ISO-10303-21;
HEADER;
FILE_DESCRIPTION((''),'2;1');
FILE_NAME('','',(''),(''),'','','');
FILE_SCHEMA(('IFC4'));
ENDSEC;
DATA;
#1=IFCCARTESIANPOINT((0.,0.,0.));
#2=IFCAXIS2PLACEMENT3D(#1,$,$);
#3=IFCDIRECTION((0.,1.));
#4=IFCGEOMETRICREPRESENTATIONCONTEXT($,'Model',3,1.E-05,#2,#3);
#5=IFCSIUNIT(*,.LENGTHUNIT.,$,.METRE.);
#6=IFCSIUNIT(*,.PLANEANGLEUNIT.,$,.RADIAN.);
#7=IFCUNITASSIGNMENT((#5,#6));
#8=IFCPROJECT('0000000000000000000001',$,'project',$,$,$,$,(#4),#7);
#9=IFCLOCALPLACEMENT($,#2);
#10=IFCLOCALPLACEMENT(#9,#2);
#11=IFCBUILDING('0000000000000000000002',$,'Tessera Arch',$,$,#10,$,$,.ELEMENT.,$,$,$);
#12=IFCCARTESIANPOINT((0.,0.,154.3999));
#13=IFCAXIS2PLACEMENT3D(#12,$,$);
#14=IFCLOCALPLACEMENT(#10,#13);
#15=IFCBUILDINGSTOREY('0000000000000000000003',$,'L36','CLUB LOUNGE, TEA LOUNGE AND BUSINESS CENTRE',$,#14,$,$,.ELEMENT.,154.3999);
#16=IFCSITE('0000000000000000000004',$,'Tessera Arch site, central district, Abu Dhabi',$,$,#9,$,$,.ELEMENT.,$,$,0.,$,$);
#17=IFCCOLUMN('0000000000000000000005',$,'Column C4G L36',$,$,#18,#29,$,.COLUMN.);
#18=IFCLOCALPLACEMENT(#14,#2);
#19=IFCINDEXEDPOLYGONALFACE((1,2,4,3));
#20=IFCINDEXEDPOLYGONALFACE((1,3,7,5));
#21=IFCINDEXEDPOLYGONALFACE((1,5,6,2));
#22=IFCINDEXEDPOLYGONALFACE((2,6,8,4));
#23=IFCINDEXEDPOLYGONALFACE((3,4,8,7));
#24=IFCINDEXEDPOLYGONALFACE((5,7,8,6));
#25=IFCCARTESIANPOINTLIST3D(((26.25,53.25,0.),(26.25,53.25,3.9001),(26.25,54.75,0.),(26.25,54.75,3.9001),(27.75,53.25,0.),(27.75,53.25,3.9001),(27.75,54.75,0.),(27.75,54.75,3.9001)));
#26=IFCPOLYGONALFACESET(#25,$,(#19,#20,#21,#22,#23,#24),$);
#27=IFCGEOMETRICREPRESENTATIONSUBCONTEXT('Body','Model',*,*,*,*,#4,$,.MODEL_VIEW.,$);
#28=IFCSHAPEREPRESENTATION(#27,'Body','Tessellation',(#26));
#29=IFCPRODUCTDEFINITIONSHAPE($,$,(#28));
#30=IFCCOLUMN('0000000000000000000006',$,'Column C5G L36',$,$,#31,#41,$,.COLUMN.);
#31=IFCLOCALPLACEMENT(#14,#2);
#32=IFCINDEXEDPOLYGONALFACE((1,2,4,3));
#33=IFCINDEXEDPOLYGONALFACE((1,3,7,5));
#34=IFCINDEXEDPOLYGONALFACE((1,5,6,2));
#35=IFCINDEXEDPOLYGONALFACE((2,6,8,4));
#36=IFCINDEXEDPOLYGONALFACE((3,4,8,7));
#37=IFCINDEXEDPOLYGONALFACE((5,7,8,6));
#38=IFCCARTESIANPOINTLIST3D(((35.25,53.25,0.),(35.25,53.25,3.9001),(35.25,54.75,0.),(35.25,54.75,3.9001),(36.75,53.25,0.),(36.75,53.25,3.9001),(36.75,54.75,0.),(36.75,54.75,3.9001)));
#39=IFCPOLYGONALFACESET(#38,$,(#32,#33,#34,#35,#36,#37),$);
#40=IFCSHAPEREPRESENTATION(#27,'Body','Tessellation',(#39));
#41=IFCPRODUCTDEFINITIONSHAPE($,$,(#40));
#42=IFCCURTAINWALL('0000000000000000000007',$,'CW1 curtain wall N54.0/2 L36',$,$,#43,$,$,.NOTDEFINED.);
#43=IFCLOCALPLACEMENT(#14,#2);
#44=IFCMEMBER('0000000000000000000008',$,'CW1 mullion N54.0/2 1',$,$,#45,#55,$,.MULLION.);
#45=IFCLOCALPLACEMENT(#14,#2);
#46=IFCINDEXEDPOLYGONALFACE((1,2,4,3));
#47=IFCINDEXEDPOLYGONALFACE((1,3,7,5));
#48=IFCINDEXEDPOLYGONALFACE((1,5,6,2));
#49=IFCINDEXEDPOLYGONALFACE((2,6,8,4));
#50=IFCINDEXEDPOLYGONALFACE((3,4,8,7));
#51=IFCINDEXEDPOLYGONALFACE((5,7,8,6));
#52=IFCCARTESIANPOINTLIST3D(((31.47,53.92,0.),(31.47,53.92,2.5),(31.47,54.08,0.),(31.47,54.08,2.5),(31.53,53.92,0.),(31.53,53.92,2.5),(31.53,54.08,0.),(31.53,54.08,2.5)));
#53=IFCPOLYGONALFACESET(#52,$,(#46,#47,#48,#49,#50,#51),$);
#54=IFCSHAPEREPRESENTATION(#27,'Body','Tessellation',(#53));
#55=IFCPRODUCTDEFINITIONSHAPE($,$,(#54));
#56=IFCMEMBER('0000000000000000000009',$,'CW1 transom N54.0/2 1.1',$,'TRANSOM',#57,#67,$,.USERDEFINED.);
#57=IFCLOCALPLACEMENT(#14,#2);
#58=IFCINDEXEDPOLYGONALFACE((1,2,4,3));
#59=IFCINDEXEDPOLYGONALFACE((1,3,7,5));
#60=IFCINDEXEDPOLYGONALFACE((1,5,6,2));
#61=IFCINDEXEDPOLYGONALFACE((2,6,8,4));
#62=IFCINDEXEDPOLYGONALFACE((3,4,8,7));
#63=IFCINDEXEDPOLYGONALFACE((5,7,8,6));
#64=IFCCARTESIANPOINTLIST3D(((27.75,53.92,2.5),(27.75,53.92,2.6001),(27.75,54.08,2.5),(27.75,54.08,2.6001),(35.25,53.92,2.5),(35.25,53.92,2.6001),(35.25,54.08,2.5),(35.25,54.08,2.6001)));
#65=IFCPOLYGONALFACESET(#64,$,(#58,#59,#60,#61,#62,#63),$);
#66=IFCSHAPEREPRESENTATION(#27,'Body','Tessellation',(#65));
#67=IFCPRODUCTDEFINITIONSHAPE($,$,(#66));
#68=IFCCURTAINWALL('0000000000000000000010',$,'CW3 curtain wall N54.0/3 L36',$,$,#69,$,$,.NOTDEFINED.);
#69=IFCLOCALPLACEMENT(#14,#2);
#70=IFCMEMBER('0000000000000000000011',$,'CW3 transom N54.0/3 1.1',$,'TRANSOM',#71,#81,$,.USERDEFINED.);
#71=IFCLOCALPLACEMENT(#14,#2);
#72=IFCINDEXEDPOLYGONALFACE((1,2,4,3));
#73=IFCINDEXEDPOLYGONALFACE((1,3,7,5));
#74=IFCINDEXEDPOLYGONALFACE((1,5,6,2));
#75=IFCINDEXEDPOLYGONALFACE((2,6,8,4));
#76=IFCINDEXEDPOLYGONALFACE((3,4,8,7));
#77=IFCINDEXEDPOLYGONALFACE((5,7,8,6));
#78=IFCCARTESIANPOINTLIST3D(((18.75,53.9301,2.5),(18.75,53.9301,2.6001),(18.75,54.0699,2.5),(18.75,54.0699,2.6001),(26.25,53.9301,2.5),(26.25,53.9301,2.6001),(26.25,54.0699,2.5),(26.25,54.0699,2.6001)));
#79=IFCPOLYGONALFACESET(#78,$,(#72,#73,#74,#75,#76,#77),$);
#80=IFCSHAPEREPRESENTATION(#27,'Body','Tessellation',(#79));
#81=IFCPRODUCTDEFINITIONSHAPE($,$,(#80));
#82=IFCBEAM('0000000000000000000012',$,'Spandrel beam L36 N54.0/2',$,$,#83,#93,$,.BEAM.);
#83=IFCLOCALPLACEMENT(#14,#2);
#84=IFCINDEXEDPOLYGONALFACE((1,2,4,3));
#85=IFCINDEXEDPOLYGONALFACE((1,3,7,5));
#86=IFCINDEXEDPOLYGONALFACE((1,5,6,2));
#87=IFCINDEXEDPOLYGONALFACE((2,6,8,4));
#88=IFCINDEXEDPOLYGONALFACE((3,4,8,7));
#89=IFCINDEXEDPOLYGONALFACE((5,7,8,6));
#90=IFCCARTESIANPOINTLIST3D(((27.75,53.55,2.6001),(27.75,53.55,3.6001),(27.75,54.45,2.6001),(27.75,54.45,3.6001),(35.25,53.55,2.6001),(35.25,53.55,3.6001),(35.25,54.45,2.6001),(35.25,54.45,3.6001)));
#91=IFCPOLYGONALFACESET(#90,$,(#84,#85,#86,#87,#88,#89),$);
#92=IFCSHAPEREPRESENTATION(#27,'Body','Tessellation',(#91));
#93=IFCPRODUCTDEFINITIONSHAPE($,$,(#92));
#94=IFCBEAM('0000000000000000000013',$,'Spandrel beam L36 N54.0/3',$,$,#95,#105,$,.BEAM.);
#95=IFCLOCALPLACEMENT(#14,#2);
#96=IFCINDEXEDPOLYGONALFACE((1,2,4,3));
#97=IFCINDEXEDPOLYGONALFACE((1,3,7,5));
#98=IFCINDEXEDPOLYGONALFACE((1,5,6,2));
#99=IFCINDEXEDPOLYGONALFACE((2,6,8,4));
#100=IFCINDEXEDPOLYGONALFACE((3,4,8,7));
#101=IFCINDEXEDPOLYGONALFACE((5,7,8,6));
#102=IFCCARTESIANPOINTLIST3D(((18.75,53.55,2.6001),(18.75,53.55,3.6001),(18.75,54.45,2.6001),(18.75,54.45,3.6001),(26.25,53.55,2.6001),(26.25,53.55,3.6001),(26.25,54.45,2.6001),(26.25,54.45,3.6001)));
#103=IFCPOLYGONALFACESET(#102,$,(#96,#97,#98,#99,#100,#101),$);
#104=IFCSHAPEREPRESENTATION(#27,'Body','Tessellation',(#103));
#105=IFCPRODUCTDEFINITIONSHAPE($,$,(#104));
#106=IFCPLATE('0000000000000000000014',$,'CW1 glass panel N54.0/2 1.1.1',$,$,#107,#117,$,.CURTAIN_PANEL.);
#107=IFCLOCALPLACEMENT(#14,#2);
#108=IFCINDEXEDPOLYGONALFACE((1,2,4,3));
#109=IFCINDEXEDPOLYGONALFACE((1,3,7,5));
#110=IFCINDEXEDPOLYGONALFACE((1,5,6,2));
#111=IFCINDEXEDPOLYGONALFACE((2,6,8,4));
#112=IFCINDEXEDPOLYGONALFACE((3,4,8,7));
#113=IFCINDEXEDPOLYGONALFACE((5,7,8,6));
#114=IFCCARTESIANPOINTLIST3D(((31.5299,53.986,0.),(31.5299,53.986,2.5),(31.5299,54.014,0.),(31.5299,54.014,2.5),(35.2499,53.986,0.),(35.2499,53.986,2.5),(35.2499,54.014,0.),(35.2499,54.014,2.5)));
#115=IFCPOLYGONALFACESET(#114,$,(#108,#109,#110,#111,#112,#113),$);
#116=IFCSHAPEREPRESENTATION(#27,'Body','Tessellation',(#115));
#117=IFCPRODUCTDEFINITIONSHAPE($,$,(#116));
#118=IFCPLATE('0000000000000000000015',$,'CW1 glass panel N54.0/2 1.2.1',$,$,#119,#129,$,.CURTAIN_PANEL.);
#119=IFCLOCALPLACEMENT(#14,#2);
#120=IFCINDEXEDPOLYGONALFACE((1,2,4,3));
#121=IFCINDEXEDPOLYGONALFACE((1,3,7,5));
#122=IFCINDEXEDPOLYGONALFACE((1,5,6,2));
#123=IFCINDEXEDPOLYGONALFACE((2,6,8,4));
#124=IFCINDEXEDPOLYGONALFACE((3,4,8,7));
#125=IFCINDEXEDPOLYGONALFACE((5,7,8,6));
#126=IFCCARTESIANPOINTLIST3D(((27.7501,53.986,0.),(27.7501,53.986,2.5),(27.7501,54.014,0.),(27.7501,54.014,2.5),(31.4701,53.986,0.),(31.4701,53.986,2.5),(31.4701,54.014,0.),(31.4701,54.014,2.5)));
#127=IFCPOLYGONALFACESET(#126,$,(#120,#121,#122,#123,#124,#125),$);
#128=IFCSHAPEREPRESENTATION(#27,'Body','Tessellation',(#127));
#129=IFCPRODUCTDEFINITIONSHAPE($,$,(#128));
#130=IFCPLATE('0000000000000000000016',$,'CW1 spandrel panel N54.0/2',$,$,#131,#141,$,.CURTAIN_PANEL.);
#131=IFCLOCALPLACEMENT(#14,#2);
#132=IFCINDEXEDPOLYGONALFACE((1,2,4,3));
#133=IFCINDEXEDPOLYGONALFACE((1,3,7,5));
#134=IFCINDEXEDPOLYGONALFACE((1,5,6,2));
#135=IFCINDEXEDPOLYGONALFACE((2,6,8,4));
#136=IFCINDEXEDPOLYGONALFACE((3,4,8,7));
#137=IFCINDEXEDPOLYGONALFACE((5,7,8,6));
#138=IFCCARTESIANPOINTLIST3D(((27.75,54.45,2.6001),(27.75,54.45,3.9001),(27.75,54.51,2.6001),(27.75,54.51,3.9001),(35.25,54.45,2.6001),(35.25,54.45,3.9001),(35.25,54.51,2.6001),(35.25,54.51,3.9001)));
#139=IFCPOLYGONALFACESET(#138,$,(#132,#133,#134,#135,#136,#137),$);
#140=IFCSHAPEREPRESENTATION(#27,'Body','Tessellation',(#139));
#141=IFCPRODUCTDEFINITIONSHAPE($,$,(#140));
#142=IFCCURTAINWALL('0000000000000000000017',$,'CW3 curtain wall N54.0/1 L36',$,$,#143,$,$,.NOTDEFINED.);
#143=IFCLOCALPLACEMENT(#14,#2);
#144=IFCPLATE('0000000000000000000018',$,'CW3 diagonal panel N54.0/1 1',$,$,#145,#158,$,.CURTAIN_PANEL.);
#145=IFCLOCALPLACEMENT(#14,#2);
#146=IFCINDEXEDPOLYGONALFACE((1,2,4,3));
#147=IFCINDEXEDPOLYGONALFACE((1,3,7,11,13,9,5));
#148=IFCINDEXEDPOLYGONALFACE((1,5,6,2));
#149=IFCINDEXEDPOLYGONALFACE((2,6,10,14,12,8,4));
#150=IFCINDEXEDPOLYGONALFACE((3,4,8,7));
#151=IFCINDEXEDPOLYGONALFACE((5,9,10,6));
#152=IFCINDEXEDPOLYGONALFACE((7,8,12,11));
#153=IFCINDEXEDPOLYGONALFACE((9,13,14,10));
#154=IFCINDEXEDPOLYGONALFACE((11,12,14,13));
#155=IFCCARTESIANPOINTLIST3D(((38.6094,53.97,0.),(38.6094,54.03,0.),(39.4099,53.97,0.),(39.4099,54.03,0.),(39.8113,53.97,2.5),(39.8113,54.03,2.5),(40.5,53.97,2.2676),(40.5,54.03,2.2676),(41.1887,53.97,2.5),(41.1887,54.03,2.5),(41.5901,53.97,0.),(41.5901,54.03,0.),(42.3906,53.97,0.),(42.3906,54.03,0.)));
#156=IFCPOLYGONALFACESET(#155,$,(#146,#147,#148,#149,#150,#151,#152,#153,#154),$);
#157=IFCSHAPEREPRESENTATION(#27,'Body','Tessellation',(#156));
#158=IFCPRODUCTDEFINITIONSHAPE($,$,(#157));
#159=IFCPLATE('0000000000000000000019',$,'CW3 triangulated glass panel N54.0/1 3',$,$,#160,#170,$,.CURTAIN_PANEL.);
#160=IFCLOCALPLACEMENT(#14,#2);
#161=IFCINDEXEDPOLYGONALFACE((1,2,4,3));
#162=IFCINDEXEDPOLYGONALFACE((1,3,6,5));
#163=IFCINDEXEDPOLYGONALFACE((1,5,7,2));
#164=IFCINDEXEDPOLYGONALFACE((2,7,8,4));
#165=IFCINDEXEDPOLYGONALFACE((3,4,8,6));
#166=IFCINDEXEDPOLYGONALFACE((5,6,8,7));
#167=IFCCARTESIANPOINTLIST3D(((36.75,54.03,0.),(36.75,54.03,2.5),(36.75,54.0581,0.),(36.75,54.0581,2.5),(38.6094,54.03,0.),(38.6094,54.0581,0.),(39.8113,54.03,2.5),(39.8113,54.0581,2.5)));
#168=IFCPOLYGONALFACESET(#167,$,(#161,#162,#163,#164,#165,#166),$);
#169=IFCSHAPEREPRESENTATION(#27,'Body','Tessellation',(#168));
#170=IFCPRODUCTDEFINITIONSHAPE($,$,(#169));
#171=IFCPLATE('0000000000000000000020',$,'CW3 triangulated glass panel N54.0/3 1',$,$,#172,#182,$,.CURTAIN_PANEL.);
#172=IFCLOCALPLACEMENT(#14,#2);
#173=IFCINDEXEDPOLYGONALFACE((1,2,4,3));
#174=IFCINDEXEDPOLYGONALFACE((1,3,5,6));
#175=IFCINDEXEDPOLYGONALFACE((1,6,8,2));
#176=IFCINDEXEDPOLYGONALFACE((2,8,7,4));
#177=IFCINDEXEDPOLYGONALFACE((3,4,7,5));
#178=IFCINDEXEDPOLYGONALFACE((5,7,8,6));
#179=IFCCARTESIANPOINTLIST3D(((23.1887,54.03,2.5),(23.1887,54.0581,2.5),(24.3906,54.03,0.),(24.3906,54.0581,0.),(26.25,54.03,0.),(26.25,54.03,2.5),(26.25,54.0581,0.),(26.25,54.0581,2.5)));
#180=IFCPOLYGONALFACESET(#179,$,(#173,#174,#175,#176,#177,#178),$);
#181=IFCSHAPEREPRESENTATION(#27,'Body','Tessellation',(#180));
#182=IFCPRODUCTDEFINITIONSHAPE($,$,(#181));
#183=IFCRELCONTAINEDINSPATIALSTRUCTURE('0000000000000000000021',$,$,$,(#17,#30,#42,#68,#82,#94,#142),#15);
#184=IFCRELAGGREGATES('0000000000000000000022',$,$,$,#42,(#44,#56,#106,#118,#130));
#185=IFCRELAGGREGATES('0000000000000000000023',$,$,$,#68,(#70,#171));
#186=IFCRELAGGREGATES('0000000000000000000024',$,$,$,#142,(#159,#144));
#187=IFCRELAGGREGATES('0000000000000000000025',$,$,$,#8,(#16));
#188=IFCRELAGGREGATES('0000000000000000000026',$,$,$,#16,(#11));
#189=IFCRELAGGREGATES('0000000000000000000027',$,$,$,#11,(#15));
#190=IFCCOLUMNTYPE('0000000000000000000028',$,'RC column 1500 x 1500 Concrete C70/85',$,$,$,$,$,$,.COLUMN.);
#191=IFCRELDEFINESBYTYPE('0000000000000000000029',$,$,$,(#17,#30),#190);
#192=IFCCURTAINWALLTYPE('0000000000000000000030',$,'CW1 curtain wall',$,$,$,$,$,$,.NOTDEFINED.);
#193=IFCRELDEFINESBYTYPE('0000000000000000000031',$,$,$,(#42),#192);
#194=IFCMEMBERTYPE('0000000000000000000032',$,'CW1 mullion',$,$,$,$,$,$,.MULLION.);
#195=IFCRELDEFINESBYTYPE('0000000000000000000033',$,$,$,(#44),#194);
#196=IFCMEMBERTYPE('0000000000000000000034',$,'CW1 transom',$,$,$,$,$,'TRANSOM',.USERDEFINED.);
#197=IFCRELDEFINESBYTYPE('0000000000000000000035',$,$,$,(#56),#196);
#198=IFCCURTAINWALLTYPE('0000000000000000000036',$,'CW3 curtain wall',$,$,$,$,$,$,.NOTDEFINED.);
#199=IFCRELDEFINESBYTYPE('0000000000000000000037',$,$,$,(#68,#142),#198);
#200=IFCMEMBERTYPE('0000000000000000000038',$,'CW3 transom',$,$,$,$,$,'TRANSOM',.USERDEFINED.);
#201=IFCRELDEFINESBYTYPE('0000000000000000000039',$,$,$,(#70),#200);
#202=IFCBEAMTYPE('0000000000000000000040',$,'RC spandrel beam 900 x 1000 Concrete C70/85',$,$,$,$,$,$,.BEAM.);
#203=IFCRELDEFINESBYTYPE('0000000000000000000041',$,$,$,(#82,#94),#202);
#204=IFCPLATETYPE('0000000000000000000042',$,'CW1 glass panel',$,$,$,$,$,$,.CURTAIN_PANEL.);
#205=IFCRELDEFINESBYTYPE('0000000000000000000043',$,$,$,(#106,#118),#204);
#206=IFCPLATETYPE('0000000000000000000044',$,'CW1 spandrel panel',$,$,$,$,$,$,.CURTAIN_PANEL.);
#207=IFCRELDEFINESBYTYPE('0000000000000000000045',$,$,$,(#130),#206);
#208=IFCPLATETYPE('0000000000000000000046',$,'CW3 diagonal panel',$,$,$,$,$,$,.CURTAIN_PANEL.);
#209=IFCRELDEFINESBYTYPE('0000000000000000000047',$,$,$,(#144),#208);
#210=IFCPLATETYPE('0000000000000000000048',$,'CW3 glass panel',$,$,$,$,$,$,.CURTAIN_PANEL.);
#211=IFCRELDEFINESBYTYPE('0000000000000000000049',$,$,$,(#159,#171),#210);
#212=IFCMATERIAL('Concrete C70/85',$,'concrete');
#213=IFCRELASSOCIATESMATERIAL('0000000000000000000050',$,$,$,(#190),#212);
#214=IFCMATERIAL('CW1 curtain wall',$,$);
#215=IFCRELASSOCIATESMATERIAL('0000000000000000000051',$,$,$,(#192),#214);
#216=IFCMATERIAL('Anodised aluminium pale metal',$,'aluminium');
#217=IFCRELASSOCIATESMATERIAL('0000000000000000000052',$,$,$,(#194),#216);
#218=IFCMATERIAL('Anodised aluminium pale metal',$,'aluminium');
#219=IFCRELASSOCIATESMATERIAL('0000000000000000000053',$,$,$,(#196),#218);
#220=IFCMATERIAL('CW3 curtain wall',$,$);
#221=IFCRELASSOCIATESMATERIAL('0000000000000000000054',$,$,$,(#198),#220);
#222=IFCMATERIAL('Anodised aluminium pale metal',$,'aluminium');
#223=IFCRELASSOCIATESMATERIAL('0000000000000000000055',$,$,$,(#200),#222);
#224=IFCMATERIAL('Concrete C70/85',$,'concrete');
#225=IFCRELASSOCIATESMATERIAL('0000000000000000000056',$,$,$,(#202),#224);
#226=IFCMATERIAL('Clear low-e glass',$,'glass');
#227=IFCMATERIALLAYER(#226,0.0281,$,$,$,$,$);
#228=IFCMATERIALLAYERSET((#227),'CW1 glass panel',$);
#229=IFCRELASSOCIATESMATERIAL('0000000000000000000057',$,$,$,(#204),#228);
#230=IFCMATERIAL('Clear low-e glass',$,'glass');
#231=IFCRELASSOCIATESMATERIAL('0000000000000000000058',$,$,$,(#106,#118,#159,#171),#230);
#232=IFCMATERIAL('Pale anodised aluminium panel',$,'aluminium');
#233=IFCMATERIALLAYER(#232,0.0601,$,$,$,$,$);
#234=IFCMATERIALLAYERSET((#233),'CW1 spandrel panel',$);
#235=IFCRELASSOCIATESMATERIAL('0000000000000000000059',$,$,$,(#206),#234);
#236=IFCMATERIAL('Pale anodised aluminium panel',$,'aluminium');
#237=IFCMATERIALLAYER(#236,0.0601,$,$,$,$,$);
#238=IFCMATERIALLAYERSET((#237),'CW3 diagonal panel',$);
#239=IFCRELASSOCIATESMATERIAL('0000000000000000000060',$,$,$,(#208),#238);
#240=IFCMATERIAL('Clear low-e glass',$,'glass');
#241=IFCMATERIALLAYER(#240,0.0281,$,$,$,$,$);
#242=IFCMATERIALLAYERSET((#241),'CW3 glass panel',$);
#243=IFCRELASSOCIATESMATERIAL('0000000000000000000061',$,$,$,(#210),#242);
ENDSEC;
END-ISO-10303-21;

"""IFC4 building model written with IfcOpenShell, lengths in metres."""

from ifc_helpers import new_model, si_unit, direction, frame, origin, origin_2d, place, context, subcontext, project, spatial, polyline, rectangle, outline, extrude, material, layer, layer_set, material_profile, profile_set, type_object, element, aggregate, save


model = new_model("IFC4")

# Units and contexts
model_context = context("Model", 3, precision=1e-05, world=origin(), true_north=direction((0.0, 1.0)))
body_context = subcontext(model_context, "Body", "Model", "MODEL_VIEW")
ifc_project = project(units=[si_unit("LENGTHUNIT", "METRE"), si_unit("PLANEANGLEUNIT", "RADIAN")], contexts=[model_context])

# Site, building, storey
site_placement = place(None, origin())
site = spatial("IfcSite", under=ifc_project, at=site_placement, Name="Tessera Arch site, central district, Abu Dhabi", CompositionType="ELEMENT", RefElevation=0.0)
building_placement = place(site_placement, origin())
building = spatial("IfcBuilding", under=site, at=building_placement, Name="Tessera Arch", CompositionType="ELEMENT")
storey_placement = place(building_placement, frame((0.0, 0.0, 154.3999)))
storey = spatial("IfcBuildingStorey", under=building, at=storey_placement, Name="L36", Description="CLUB LOUNGE, TEA LOUNGE AND BUSINESS CENTRE", CompositionType="ELEMENT", Elevation=154.3999)

# Columns
ifc_material_1 = material(Name="Concrete C70/85", Category="concrete")
ifc_material_profile_1 = material_profile(ifc_material_1, rectangle(XDim=1.5, YDim=1.5, at=origin_2d()), Name="RC column 1500 x 1500 Concrete C70/85")
ifc_profile_set_1 = profile_set([ifc_material_profile_1], Name="Concrete C70/85")
column_type = type_object("IfcColumnType", Name="RC column 1500 x 1500 Concrete C70/85", PredefinedType="COLUMN", material=ifc_profile_set_1)
for number, where, z_axis, x_axis, name in (
    (1, (27.0, 54.0, 0.0), (0.0, 0.0, 1.0), (1.0, 0.0, 0.0), "Column C4G L36"),
    (2, (36.0, 54.0, 0.0), (0.0, 0.0, 1.0), (1.0, 0.0, 0.0), "Column C5G L36"),
):
    element("IfcColumn", number, at=place(storey_placement, frame(where, z_axis=z_axis, x_axis=x_axis)), inside=storey, type_object=column_type, Name=name, PredefinedType="COLUMN", context=body_context, shape_type="SweptSolid", body=[
        extrude(rectangle(XDim=1.5, YDim=1.5, at=origin_2d()), origin(), (0.0, 0.0, 1.0), 3.9001),
    ])

# Curtain wall, members
ifc_material_2 = material(Name="CW1 curtain wall")
curtain_wall_type_1 = type_object("IfcCurtainWallType", Name="CW1 curtain wall", PredefinedType="NOTDEFINED", material=ifc_material_2)
curtain_wall_1_placement = place(storey_placement, origin())
curtain_wall_1 = element("IfcCurtainWall", 3, at=curtain_wall_1_placement, inside=storey, type_object=curtain_wall_type_1, Name="CW1 curtain wall N54.0/2 L36", PredefinedType="NOTDEFINED")
ifc_material_3 = material(Name="Anodised aluminium pale metal", Category="aluminium")
ifc_material_profile_2 = material_profile(ifc_material_3, rectangle(XDim=0.1599, YDim=0.0601, at=origin_2d()), Name="AL 60x160")
ifc_profile_set_2 = profile_set([ifc_material_profile_2], Name="Anodised aluminium pale metal")
member_type_1 = type_object("IfcMemberType", Name="CW1 mullion", PredefinedType="MULLION", material=ifc_profile_set_2)
member_1_placement = place(storey_placement, frame((31.5, 54.0, 0.0), z_axis=(0.0, 0.0, 1.0), x_axis=(0.0, -1.0, 0.0)))
member_1 = element("IfcMember", 4, at=member_1_placement, type_object=member_type_1, Name="CW1 mullion N54.0/2 1", PredefinedType="MULLION", context=body_context, shape_type="SweptSolid", body=[
    extrude(rectangle(XDim=0.1599, YDim=0.0601, at=origin_2d()), origin(), (0.0, 0.0, 1.0), 2.5),
])
ifc_material_4 = material(Name="Anodised aluminium pale metal", Category="aluminium")
ifc_material_profile_3 = material_profile(ifc_material_4, rectangle(XDim=0.1599, YDim=0.1001, at=origin_2d()), Name="AL 160x100")
ifc_profile_set_3 = profile_set([ifc_material_profile_3], Name="Anodised aluminium pale metal")
member_type_2 = type_object("IfcMemberType", Name="CW1 transom", ElementType="TRANSOM", PredefinedType="USERDEFINED", material=ifc_profile_set_3)
member_2_placement = place(storey_placement, frame((35.25, 54.0, 2.55), z_axis=(-1.0, 0.0, 0.0), x_axis=(0.0, -1.0, 0.0)))
member_2 = element("IfcMember", 5, at=member_2_placement, type_object=member_type_2, Name="CW1 transom N54.0/2 1.1", ObjectType="TRANSOM", PredefinedType="USERDEFINED", context=body_context, shape_type="SweptSolid", body=[
    extrude(rectangle(XDim=0.1599, YDim=0.1001, at=origin_2d()), origin(), (0.0, 0.0, 1.0), 7.5),
])

# Curtain wall, member
ifc_material_5 = material(Name="CW3 curtain wall")
curtain_wall_type_2 = type_object("IfcCurtainWallType", Name="CW3 curtain wall", PredefinedType="NOTDEFINED", material=ifc_material_5)
curtain_wall_2_placement = place(storey_placement, origin())
curtain_wall_2 = element("IfcCurtainWall", 6, at=curtain_wall_2_placement, inside=storey, type_object=curtain_wall_type_2, Name="CW3 curtain wall N54.0/3 L36", PredefinedType="NOTDEFINED")
ifc_material_6 = material(Name="Anodised aluminium pale metal", Category="aluminium")
ifc_material_profile_4 = material_profile(ifc_material_6, rectangle(XDim=0.1399, YDim=0.1001, at=origin_2d()), Name="AL 140x100")
ifc_profile_set_4 = profile_set([ifc_material_profile_4], Name="Anodised aluminium pale metal")
member_type_3 = type_object("IfcMemberType", Name="CW3 transom", ElementType="TRANSOM", PredefinedType="USERDEFINED", material=ifc_profile_set_4)
member_3_placement = place(storey_placement, frame((26.25, 54.0, 2.55), z_axis=(-1.0, 0.0, 0.0), x_axis=(0.0, -1.0, 0.0)))
member_3 = element("IfcMember", 7, at=member_3_placement, type_object=member_type_3, Name="CW3 transom N54.0/3 1.1", ObjectType="TRANSOM", PredefinedType="USERDEFINED", context=body_context, shape_type="SweptSolid", body=[
    extrude(rectangle(XDim=0.1399, YDim=0.1001, at=origin_2d()), origin(), (0.0, 0.0, 1.0), 7.5),
])

# Beams
ifc_material_7 = material(Name="Concrete C70/85", Category="concrete")
ifc_material_profile_5 = material_profile(ifc_material_7, rectangle(XDim=0.8999, YDim=1.0, at=origin_2d()), Name="RC spandrel beam 900 x 1000 Concrete C70/85")
ifc_profile_set_5 = profile_set([ifc_material_profile_5], Name="Concrete C70/85")
beam_type = type_object("IfcBeamType", Name="RC spandrel beam 900 x 1000 Concrete C70/85", PredefinedType="BEAM", material=ifc_profile_set_5)
for number, where, z_axis, x_axis, name in (
    (8, (35.25, 54.0, 3.1001), (-1.0, 0.0, 0.0), (0.0, -1.0, 0.0), "Spandrel beam L36 N54.0/2"),
    (9, (26.25, 54.0, 3.1001), (-1.0, 0.0, 0.0), (0.0, -1.0, 0.0), "Spandrel beam L36 N54.0/3"),
):
    element("IfcBeam", number, at=place(storey_placement, frame(where, z_axis=z_axis, x_axis=x_axis)), inside=storey, type_object=beam_type, Name=name, PredefinedType="BEAM", context=body_context, shape_type="SweptSolid", body=[
        extrude(rectangle(XDim=0.8999, YDim=1.0, at=origin_2d()), origin(), (0.0, 0.0, 1.0), 7.5),
    ])

# Plates
ifc_material_8 = material(Name="Clear low-e glass", Category="glass")
ifc_material_9 = material(Name="Clear low-e glass", Category="glass")
ifc_layer_1 = layer(ifc_material_9, 0.0281)
ifc_layer_set_1 = layer_set([ifc_layer_1], Name="CW1 glass panel")
plate_type_1 = type_object("IfcPlateType", Name="CW1 glass panel", PredefinedType="CURTAIN_PANEL", material=ifc_layer_set_1)
plate_1_placement = place(storey_placement, frame((33.3899, 54.0, 0.0), z_axis=(0.0, 0.0, 1.0), x_axis=(-1.0, 0.0, 0.0)))
plate_1 = element("IfcPlate", 10, at=plate_1_placement, type_object=plate_type_1, material=ifc_material_8, Name="CW1 glass panel N54.0/2 1.1.1", PredefinedType="CURTAIN_PANEL", context=body_context, shape_type="SweptSolid", body=[
    extrude(rectangle(XDim=3.72, YDim=0.0281, at=origin_2d()), origin(), (0.0, 0.0, 1.0), 2.5),
])
plate_2_placement = place(storey_placement, frame((29.6101, 54.0, 0.0), z_axis=(0.0, 0.0, 1.0), x_axis=(-1.0, 0.0, 0.0)))
plate_2 = element("IfcPlate", 11, at=plate_2_placement, type_object=plate_type_1, material=ifc_material_8, Name="CW1 glass panel N54.0/2 1.2.1", PredefinedType="CURTAIN_PANEL", context=body_context, shape_type="SweptSolid", body=[
    extrude(rectangle(XDim=3.72, YDim=0.0281, at=origin_2d()), origin(), (0.0, 0.0, 1.0), 2.5),
])
ifc_material_10 = material(Name="Pale anodised aluminium panel", Category="aluminium")
ifc_layer_2 = layer(ifc_material_10, 0.0601)
ifc_layer_set_2 = layer_set([ifc_layer_2], Name="CW1 spandrel panel")
plate_type_2 = type_object("IfcPlateType", Name="CW1 spandrel panel", PredefinedType="CURTAIN_PANEL", material=ifc_layer_set_2)
plate_3_placement = place(storey_placement, frame((31.5, 54.48, 2.6001), z_axis=(0.0, 0.0, 1.0), x_axis=(-1.0, 0.0, 0.0)))
plate_3 = element("IfcPlate", 12, at=plate_3_placement, type_object=plate_type_2, Name="CW1 spandrel panel N54.0/2", PredefinedType="CURTAIN_PANEL", context=body_context, shape_type="SweptSolid", body=[
    extrude(rectangle(XDim=7.5, YDim=0.0601, at=origin_2d()), origin(), (0.0, 0.0, 1.0), 1.3),
])
aggregate(curtain_wall_1, [member_1, member_2, plate_1, plate_2, plate_3])

# Curtain wall, plates
curtain_wall_3_placement = place(storey_placement, origin())
curtain_wall_3 = element("IfcCurtainWall", 13, at=curtain_wall_3_placement, inside=storey, type_object=curtain_wall_type_2, Name="CW3 curtain wall N54.0/1 L36", PredefinedType="NOTDEFINED")
ifc_material_11 = material(Name="Pale anodised aluminium panel", Category="aluminium")
ifc_layer_3 = layer(ifc_material_11, 0.0601)
ifc_layer_set_3 = layer_set([ifc_layer_3], Name="CW3 diagonal panel")
plate_type_3 = type_object("IfcPlateType", Name="CW3 diagonal panel", PredefinedType="CURTAIN_PANEL", material=ifc_layer_set_3)
plate_4_placement = place(storey_placement, frame((39.8113, 54.03, 2.5), z_axis=(0.0, 1.0, 0.0), x_axis=(1.0, 0.0, 0.0)))
plate_4 = element("IfcPlate", 14, at=plate_4_placement, type_object=plate_type_3, Name="CW3 diagonal panel N54.0/1 1", PredefinedType="CURTAIN_PANEL", context=body_context, shape_type="SweptSolid", body=[
    extrude(outline(polyline([(0.0, 0.0), (1.3774, 0.0), (2.5793, 2.5), (1.7788, 2.5), (0.6887, 0.2324), (-0.4014, 2.5), (-1.2019, 2.5), (0.0, 0.0)])), origin(), (0.0, 0.0, -1.0), 0.0601),
])
ifc_material_12 = material(Name="Clear low-e glass", Category="glass")
ifc_layer_4 = layer(ifc_material_12, 0.0281)
ifc_layer_set_4 = layer_set([ifc_layer_4], Name="CW3 glass panel")
plate_type_4 = type_object("IfcPlateType", Name="CW3 glass panel", PredefinedType="CURTAIN_PANEL", material=ifc_layer_set_4)
plate_5_placement = place(storey_placement, frame((36.75, 54.0581, 2.5), z_axis=(0.0, 1.0, 0.0), x_axis=(1.0, 0.0, 0.0)))
plate_5 = element("IfcPlate", 15, at=plate_5_placement, type_object=plate_type_4, material=ifc_material_8, Name="CW3 triangulated glass panel N54.0/1 3", PredefinedType="CURTAIN_PANEL", context=body_context, shape_type="SweptSolid", body=[
    extrude(outline(polyline([(0.0, 0.0), (3.0613, 0.0), (1.8594, 2.5), (0.0, 2.5), (0.0, 0.0)])), origin(), (0.0, 0.0, -1.0), 0.0281),
])

# Plate
plate_6_placement = place(storey_placement, frame((26.25, 54.0581, 0.0), z_axis=(0.0, 1.0, 0.0), x_axis=(-1.0, 0.0, 0.0)))
plate_6 = element("IfcPlate", 16, at=plate_6_placement, type_object=plate_type_4, material=ifc_material_8, Name="CW3 triangulated glass panel N54.0/3 1", PredefinedType="CURTAIN_PANEL", context=body_context, shape_type="SweptSolid", body=[
    extrude(outline(polyline([(0.0, 0.0), (1.8594, 0.0), (3.0613, 2.5), (0.0, 2.5), (0.0, 0.0)])), origin(), (0.0, 0.0, -1.0), 0.0281),
])
aggregate(curtain_wall_2, [member_3, plate_6])

aggregate(curtain_wall_3, [plate_5, plate_4])

save(model, "model.ifc")
